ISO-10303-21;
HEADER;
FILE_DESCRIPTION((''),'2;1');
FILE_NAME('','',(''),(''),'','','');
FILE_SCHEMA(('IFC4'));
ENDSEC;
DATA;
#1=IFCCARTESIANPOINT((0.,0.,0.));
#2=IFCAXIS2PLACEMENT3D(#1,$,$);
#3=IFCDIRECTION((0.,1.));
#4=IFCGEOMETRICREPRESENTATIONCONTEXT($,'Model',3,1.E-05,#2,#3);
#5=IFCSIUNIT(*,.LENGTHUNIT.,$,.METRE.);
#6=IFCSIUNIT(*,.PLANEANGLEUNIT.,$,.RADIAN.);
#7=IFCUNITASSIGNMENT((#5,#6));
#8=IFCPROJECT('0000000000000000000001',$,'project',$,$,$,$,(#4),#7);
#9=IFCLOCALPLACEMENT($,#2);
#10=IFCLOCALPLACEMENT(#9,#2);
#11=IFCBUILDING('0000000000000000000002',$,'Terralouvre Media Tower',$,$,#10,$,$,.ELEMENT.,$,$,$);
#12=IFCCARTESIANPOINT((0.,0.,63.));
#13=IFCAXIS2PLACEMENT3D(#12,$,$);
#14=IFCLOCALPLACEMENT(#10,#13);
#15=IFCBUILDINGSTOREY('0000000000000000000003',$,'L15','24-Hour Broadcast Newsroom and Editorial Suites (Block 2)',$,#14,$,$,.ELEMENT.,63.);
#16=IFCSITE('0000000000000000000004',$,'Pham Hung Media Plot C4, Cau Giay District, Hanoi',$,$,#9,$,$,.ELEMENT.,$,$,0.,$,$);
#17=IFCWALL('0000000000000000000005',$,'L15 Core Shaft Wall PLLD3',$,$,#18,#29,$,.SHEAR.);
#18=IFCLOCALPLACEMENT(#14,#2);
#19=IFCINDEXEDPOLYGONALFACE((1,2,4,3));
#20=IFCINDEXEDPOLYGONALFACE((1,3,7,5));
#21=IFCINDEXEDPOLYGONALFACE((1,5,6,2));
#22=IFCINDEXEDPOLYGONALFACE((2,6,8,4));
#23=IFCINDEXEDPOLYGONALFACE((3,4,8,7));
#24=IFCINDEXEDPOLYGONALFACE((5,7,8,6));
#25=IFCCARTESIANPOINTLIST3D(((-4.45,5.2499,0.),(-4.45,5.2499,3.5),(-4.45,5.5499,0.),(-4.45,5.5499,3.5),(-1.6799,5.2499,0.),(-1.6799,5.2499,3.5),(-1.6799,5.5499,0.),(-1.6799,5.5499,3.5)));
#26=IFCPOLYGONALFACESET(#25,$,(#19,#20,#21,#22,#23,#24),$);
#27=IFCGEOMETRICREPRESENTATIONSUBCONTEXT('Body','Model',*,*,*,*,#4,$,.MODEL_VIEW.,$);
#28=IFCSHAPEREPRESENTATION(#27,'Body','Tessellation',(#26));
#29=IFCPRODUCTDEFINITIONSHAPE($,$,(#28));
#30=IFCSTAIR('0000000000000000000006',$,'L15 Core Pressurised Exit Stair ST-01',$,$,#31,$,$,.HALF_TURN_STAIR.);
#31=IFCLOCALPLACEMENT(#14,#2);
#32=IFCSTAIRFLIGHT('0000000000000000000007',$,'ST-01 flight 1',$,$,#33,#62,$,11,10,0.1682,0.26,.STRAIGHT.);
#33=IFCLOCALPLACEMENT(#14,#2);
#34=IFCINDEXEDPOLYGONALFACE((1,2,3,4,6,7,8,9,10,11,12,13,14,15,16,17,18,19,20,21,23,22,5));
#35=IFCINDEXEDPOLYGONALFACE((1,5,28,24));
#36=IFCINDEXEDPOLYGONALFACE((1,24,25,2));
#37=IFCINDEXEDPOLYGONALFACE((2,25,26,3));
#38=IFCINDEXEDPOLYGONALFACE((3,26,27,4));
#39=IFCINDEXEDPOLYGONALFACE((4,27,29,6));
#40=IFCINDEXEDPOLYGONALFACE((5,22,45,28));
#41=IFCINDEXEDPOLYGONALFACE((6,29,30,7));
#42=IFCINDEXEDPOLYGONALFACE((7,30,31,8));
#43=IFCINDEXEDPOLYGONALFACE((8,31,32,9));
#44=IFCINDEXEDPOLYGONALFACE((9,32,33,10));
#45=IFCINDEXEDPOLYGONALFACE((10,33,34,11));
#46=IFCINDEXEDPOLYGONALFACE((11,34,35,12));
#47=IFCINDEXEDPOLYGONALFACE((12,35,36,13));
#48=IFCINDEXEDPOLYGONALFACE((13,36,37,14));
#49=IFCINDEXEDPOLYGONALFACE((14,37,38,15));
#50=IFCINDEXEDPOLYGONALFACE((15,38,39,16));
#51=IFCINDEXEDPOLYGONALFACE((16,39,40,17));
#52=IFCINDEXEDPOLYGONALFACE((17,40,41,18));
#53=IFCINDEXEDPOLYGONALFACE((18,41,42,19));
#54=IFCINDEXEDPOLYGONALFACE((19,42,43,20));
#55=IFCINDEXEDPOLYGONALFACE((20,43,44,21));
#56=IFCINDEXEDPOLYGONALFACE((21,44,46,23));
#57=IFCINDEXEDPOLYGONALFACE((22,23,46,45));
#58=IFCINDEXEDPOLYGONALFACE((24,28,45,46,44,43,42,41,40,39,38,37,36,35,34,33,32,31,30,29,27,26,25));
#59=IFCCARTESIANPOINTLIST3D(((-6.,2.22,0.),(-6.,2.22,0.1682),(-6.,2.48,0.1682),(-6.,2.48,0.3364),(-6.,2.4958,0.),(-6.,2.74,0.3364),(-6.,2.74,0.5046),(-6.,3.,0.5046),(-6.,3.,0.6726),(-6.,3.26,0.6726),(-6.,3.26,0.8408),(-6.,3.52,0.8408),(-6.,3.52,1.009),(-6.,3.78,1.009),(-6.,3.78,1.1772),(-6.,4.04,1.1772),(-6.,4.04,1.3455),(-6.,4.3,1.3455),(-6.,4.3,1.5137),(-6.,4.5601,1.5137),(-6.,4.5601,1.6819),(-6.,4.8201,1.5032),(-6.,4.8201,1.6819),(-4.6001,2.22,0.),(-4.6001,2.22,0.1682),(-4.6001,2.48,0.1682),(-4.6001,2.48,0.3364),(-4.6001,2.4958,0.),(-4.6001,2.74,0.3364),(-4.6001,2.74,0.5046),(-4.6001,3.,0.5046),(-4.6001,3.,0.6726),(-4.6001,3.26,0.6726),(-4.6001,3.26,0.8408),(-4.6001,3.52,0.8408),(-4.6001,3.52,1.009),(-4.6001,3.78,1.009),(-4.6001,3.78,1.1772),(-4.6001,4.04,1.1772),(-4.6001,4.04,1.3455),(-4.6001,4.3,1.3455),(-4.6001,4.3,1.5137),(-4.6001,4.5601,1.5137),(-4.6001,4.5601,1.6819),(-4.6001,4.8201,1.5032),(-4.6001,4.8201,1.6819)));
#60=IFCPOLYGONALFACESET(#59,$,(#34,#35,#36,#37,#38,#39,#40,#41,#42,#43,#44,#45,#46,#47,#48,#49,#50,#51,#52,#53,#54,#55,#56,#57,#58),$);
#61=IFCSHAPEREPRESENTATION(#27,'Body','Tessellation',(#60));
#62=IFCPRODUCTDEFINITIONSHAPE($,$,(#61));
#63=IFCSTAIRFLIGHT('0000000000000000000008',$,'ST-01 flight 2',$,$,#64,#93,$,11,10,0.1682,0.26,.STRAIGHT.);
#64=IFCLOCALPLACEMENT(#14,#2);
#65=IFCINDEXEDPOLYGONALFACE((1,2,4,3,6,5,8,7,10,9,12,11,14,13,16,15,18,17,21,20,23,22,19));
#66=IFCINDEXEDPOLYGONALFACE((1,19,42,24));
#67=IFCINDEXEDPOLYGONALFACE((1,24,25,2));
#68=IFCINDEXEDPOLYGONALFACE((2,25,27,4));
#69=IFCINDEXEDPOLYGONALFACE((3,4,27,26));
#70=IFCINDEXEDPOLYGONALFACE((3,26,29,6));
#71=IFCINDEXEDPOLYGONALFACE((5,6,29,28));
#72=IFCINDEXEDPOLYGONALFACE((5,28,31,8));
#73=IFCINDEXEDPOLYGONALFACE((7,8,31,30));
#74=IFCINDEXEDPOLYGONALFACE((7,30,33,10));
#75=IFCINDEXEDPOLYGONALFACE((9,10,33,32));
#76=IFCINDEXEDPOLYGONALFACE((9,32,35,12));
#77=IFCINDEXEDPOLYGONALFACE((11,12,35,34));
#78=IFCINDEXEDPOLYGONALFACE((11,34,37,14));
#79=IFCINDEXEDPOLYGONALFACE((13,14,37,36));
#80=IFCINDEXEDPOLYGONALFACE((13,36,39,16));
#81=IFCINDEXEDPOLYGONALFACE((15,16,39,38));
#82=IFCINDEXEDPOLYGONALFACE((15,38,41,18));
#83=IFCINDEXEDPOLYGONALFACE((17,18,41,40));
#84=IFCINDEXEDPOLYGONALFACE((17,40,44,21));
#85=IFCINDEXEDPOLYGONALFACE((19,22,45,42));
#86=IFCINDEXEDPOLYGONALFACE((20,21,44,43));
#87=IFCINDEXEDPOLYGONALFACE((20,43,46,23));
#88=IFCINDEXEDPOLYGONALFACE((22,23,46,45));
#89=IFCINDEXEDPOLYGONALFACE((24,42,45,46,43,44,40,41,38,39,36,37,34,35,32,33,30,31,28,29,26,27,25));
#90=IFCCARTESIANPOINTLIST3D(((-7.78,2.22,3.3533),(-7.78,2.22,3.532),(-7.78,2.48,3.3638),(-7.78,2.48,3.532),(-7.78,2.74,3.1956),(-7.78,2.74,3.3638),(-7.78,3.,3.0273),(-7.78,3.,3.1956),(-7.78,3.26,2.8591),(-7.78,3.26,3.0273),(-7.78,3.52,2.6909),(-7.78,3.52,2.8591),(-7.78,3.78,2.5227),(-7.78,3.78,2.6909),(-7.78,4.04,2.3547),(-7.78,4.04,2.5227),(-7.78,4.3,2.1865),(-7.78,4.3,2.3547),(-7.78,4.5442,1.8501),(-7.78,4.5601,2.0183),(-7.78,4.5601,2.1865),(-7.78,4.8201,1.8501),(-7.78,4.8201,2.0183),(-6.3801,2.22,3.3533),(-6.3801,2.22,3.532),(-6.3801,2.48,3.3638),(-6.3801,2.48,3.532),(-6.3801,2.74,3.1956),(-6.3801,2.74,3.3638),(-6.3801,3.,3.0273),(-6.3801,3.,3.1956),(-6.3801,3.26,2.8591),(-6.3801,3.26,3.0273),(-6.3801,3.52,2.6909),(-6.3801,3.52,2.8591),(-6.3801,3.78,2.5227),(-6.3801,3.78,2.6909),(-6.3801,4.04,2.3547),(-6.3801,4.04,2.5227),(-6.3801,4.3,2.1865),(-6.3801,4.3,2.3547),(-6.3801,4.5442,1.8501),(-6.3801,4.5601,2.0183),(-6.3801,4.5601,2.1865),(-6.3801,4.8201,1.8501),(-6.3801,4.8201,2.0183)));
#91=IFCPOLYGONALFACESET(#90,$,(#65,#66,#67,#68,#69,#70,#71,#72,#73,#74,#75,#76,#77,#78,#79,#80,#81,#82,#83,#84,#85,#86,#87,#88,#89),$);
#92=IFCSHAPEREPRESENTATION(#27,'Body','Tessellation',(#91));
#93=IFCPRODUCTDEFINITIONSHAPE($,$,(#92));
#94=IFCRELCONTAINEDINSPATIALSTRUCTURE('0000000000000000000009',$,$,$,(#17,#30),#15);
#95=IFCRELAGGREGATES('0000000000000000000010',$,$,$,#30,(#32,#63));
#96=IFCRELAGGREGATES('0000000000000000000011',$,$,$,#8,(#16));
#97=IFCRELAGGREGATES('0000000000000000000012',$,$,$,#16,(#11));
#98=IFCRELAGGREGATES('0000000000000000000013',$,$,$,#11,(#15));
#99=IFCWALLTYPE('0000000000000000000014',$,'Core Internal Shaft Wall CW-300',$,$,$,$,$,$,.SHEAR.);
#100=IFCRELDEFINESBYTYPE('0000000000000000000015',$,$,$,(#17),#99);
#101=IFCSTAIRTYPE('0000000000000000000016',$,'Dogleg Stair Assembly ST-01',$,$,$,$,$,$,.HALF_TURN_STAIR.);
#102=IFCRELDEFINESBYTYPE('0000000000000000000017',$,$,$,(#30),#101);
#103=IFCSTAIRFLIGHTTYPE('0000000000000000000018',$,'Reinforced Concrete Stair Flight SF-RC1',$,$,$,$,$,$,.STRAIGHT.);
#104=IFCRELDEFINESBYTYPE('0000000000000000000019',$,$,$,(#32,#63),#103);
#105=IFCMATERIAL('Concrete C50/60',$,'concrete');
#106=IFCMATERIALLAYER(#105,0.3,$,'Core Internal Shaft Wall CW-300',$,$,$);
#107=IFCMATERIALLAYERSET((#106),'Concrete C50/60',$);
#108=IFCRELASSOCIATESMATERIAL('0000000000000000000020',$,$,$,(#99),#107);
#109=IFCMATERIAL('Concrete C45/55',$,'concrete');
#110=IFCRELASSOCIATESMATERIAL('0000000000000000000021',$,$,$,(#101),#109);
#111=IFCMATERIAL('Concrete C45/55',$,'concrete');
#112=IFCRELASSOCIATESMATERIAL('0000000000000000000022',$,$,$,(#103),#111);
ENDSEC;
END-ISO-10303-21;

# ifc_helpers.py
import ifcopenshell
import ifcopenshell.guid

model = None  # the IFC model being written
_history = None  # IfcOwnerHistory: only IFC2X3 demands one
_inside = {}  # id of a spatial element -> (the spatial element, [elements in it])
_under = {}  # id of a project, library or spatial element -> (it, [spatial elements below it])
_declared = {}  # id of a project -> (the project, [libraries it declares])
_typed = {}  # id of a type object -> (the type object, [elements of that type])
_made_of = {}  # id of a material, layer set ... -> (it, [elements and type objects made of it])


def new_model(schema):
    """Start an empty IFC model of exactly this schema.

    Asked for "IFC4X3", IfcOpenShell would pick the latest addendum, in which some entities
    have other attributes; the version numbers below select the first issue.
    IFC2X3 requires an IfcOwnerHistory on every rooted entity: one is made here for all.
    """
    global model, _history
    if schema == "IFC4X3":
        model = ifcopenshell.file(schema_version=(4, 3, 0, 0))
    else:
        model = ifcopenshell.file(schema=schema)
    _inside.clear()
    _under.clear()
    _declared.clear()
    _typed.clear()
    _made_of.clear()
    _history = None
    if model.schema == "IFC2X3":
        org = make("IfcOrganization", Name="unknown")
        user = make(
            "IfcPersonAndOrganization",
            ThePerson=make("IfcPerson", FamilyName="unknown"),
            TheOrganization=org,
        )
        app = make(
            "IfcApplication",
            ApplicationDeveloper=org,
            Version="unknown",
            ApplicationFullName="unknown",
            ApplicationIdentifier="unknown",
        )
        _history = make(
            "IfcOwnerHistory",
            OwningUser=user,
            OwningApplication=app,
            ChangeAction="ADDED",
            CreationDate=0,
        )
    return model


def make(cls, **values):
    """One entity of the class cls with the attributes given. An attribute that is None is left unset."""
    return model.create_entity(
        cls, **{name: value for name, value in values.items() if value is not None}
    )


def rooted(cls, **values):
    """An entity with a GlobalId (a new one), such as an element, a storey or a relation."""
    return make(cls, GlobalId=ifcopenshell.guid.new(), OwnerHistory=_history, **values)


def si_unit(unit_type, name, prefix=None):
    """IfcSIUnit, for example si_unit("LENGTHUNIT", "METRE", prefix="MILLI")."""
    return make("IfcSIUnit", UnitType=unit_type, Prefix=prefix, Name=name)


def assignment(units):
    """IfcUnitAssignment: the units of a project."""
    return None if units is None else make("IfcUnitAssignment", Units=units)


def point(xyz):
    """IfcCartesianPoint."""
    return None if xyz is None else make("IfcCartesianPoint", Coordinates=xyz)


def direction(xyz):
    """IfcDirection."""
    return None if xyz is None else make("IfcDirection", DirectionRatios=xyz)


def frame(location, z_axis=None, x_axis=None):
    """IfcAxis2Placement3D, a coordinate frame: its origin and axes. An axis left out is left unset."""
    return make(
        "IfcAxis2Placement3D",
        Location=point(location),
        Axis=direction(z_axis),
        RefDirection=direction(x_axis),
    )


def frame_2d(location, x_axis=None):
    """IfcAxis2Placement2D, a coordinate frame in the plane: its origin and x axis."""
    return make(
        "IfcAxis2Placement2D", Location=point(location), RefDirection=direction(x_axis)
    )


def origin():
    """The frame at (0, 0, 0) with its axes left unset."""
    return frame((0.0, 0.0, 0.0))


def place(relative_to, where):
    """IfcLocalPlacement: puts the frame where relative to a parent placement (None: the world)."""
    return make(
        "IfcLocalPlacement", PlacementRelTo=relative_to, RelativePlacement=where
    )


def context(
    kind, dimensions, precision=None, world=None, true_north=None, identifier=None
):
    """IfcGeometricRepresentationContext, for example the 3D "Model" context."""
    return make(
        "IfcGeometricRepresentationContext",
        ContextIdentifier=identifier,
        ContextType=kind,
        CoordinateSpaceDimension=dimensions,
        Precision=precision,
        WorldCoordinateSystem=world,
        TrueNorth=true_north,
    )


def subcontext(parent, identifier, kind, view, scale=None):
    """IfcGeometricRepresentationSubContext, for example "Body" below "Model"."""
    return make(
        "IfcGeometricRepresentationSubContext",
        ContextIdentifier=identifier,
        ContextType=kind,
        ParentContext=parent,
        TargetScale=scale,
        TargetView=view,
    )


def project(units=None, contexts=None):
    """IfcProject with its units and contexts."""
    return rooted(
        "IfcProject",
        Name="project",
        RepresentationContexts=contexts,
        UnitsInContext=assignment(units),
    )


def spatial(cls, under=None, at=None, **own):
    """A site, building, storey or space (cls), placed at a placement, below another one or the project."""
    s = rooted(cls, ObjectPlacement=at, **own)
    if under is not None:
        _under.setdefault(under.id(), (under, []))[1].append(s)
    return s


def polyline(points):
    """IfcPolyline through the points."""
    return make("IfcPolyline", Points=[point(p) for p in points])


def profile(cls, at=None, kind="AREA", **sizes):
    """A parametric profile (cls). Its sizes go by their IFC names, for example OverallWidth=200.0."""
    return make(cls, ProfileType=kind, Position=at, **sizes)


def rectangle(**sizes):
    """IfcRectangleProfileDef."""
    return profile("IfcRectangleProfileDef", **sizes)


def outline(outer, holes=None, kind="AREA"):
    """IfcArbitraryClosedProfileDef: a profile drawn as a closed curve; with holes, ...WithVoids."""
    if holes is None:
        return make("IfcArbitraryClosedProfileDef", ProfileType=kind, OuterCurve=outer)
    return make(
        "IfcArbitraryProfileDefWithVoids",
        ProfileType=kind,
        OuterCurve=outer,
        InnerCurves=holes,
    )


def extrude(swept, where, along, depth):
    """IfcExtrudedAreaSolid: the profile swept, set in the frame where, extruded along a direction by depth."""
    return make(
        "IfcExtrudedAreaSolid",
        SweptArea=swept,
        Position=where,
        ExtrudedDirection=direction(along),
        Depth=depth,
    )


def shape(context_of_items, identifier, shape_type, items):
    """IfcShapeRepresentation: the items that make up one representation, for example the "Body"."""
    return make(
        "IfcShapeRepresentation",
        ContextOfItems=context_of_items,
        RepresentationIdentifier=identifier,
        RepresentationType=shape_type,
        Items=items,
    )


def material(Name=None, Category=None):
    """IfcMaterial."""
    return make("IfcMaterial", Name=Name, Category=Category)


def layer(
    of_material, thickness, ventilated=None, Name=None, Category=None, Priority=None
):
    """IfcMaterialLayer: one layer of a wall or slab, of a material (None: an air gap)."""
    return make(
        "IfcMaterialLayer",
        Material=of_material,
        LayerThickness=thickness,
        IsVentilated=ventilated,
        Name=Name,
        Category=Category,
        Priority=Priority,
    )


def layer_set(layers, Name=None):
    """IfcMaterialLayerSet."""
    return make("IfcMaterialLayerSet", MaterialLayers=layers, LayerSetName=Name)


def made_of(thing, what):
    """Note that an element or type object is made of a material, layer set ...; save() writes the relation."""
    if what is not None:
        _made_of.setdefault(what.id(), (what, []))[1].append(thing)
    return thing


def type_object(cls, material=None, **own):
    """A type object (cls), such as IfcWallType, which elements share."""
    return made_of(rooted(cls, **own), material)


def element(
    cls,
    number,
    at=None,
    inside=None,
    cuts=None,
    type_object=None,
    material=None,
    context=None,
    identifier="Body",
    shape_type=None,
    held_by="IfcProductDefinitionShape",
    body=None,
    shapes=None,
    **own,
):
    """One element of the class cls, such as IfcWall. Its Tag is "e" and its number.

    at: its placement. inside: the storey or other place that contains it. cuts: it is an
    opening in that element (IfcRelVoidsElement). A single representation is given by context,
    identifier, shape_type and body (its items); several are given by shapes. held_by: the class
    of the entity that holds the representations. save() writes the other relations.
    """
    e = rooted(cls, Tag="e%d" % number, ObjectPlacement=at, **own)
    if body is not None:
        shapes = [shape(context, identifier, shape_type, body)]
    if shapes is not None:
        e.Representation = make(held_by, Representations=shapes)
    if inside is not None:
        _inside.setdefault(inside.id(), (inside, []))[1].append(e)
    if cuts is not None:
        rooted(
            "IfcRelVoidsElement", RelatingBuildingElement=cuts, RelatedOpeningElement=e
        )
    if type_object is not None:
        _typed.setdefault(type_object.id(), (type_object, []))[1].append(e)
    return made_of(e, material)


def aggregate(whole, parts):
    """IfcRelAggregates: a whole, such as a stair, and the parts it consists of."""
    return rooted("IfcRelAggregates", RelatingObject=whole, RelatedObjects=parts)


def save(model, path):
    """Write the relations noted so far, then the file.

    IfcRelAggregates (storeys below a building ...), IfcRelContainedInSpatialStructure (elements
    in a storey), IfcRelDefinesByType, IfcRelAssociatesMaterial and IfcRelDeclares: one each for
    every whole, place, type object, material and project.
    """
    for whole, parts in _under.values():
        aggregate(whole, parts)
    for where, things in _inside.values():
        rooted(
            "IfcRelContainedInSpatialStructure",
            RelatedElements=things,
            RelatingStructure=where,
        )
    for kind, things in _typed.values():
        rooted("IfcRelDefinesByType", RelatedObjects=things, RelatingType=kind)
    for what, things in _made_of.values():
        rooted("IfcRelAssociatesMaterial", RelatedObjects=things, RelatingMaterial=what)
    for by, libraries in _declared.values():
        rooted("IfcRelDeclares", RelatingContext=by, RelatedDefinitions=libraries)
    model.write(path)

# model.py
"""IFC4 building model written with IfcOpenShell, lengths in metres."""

from ifc_helpers import new_model, si_unit, direction, frame, frame_2d, origin, place, context, subcontext, project, spatial, polyline, rectangle, outline, extrude, material, layer, layer_set, type_object, element, aggregate, save


model = new_model("IFC4")

# Units and contexts
model_context = context("Model", 3, precision=1e-05, world=origin(), true_north=direction((0.0, 1.0)))
body_context = subcontext(model_context, "Body", "Model", "MODEL_VIEW")
ifc_project = project(units=[si_unit("LENGTHUNIT", "METRE"), si_unit("PLANEANGLEUNIT", "RADIAN")], contexts=[model_context])

# Site, building, storey
site_placement = place(None, origin())
site = spatial("IfcSite", under=ifc_project, at=site_placement, Name="Pham Hung Media Plot C4, Cau Giay District, Hanoi", CompositionType="ELEMENT", RefElevation=0.0)
building_placement = place(site_placement, origin())
building = spatial("IfcBuilding", under=site, at=building_placement, Name="Terralouvre Media Tower", CompositionType="ELEMENT")
storey_placement = place(building_placement, frame((0.0, 0.0, 63.0)))
storey = spatial("IfcBuildingStorey", under=building, at=storey_placement, Name="L15", Description="24-Hour Broadcast Newsroom and Editorial Suites (Block 2)", CompositionType="ELEMENT", Elevation=63.0)

# Shared definitions
ifc_material_1 = material(Name="Concrete C50/60", Category="concrete")
ifc_layer_1 = layer(ifc_material_1, 0.3, Name="Core Internal Shaft Wall CW-300")
ifc_layer_set_1 = layer_set([ifc_layer_1], Name="Concrete C50/60")
wall_type_1 = type_object("IfcWallType", Name="Core Internal Shaft Wall CW-300", PredefinedType="SHEAR", material=ifc_layer_set_1)

# Wall
for number, where, z_axis, x_axis, name in (
    (1, (-4.45, 5.3999, 0.0), (0.0, 0.0, 1.0), (1.0, 0.0, 0.0), "L15 Core Shaft Wall PLLD3"),
):
    element("IfcWall", number, at=place(storey_placement, frame(where, z_axis=z_axis, x_axis=x_axis)), inside=storey, type_object=wall_type_1, Name=name, PredefinedType="SHEAR", context=body_context, shape_type="SweptSolid", body=[
        extrude(rectangle(XDim=2.77, YDim=0.3, at=frame_2d((1.385, 0.0))), origin(), (0.0, 0.0, 1.0), 3.5),
    ])

# Stair, stair flights
ifc_material_2 = material(Name="Concrete C45/55", Category="concrete")
stair_type = type_object("IfcStairType", Name="Dogleg Stair Assembly ST-01", PredefinedType="HALF_TURN_STAIR", material=ifc_material_2)
stair_placement = place(storey_placement, origin())
stair = element("IfcStair", 2, at=stair_placement, inside=storey, type_object=stair_type, Name="L15 Core Pressurised Exit Stair ST-01", PredefinedType="HALF_TURN_STAIR")
ifc_material_3 = material(Name="Concrete C45/55", Category="concrete")
stair_flight_type = type_object("IfcStairFlightType", Name="Reinforced Concrete Stair Flight SF-RC1", PredefinedType="STRAIGHT", material=ifc_material_3)
stair_flight_1_placement = place(storey_placement, frame((-5.3, 2.22, 0.0), z_axis=(0.0, 0.0, 1.0), x_axis=(0.0, 1.0, 0.0)))
stair_flight_1 = element("IfcStairFlight", 3, at=stair_flight_1_placement, type_object=stair_flight_type, Name="ST-01 flight 1", NumberOfRisers=11, NumberOfTreads=10, PredefinedType="STRAIGHT", RiserHeight=0.1682, TreadLength=0.26, context=body_context, shape_type="SweptSolid", body=[
    extrude(outline(polyline([(0.0, 0.0), (0.0, 0.1682), (0.26, 0.1682), (0.26, 0.3364), (0.52, 0.3364), (0.52, 0.5046), (0.78, 0.5046), (0.78, 0.6726), (1.04, 0.6726), (1.04, 0.8408), (1.3, 0.8408), (1.3, 1.009), (1.5601, 1.009), (1.5601, 1.1772), (1.8201, 1.1772), (1.8201, 1.3455), (2.0801, 1.3455), (2.0801, 1.5137), (2.3401, 1.5137), (2.3401, 1.6819), (2.6001, 1.6819), (2.6001, 1.8501), (2.6001, 1.5032), (0.2759, 0.0), (0.0, 0.0)])), frame((0.0, 0.7, 0.0), z_axis=(0.0, -1.0, 0.0), x_axis=(1.0, 0.0, 0.0)), (0.0, 0.0, 1.0), 1.3999),
])
stair_flight_2_placement = place(storey_placement, frame((-7.0801, 4.8201, 1.8501), z_axis=(0.0, 0.0, 1.0), x_axis=(0.0, -1.0, 0.0)))
stair_flight_2 = element("IfcStairFlight", 4, at=stair_flight_2_placement, type_object=stair_flight_type, Name="ST-01 flight 2", NumberOfRisers=11, NumberOfTreads=10, PredefinedType="STRAIGHT", RiserHeight=0.1682, TreadLength=0.26, context=body_context, shape_type="SweptSolid", body=[
    extrude(outline(polyline([(0.0, 0.0), (0.0, 0.1682), (0.26, 0.1682), (0.26, 0.3364), (0.52, 0.3364), (0.52, 0.5046), (0.78, 0.5046), (0.78, 0.6726), (1.04, 0.6726), (1.04, 0.8408), (1.3, 0.8408), (1.3, 1.009), (1.5601, 1.009), (1.5601, 1.1772), (1.8201, 1.1772), (1.8201, 1.3455), (2.0801, 1.3455), (2.0801, 1.5137), (2.3401, 1.5137), (2.3401, 1.6819), (2.6001, 1.6819), (2.6001, 1.8501), (2.6001, 1.5032), (0.2759, 0.0), (0.0, 0.0)])), frame((0.0, 0.7, 0.0), z_axis=(0.0, -1.0, 0.0), x_axis=(1.0, 0.0, 0.0)), (0.0, 0.0, 1.0), 1.3999),
])
aggregate(stair, [stair_flight_1, stair_flight_2])

save(model, "model.ifc")
